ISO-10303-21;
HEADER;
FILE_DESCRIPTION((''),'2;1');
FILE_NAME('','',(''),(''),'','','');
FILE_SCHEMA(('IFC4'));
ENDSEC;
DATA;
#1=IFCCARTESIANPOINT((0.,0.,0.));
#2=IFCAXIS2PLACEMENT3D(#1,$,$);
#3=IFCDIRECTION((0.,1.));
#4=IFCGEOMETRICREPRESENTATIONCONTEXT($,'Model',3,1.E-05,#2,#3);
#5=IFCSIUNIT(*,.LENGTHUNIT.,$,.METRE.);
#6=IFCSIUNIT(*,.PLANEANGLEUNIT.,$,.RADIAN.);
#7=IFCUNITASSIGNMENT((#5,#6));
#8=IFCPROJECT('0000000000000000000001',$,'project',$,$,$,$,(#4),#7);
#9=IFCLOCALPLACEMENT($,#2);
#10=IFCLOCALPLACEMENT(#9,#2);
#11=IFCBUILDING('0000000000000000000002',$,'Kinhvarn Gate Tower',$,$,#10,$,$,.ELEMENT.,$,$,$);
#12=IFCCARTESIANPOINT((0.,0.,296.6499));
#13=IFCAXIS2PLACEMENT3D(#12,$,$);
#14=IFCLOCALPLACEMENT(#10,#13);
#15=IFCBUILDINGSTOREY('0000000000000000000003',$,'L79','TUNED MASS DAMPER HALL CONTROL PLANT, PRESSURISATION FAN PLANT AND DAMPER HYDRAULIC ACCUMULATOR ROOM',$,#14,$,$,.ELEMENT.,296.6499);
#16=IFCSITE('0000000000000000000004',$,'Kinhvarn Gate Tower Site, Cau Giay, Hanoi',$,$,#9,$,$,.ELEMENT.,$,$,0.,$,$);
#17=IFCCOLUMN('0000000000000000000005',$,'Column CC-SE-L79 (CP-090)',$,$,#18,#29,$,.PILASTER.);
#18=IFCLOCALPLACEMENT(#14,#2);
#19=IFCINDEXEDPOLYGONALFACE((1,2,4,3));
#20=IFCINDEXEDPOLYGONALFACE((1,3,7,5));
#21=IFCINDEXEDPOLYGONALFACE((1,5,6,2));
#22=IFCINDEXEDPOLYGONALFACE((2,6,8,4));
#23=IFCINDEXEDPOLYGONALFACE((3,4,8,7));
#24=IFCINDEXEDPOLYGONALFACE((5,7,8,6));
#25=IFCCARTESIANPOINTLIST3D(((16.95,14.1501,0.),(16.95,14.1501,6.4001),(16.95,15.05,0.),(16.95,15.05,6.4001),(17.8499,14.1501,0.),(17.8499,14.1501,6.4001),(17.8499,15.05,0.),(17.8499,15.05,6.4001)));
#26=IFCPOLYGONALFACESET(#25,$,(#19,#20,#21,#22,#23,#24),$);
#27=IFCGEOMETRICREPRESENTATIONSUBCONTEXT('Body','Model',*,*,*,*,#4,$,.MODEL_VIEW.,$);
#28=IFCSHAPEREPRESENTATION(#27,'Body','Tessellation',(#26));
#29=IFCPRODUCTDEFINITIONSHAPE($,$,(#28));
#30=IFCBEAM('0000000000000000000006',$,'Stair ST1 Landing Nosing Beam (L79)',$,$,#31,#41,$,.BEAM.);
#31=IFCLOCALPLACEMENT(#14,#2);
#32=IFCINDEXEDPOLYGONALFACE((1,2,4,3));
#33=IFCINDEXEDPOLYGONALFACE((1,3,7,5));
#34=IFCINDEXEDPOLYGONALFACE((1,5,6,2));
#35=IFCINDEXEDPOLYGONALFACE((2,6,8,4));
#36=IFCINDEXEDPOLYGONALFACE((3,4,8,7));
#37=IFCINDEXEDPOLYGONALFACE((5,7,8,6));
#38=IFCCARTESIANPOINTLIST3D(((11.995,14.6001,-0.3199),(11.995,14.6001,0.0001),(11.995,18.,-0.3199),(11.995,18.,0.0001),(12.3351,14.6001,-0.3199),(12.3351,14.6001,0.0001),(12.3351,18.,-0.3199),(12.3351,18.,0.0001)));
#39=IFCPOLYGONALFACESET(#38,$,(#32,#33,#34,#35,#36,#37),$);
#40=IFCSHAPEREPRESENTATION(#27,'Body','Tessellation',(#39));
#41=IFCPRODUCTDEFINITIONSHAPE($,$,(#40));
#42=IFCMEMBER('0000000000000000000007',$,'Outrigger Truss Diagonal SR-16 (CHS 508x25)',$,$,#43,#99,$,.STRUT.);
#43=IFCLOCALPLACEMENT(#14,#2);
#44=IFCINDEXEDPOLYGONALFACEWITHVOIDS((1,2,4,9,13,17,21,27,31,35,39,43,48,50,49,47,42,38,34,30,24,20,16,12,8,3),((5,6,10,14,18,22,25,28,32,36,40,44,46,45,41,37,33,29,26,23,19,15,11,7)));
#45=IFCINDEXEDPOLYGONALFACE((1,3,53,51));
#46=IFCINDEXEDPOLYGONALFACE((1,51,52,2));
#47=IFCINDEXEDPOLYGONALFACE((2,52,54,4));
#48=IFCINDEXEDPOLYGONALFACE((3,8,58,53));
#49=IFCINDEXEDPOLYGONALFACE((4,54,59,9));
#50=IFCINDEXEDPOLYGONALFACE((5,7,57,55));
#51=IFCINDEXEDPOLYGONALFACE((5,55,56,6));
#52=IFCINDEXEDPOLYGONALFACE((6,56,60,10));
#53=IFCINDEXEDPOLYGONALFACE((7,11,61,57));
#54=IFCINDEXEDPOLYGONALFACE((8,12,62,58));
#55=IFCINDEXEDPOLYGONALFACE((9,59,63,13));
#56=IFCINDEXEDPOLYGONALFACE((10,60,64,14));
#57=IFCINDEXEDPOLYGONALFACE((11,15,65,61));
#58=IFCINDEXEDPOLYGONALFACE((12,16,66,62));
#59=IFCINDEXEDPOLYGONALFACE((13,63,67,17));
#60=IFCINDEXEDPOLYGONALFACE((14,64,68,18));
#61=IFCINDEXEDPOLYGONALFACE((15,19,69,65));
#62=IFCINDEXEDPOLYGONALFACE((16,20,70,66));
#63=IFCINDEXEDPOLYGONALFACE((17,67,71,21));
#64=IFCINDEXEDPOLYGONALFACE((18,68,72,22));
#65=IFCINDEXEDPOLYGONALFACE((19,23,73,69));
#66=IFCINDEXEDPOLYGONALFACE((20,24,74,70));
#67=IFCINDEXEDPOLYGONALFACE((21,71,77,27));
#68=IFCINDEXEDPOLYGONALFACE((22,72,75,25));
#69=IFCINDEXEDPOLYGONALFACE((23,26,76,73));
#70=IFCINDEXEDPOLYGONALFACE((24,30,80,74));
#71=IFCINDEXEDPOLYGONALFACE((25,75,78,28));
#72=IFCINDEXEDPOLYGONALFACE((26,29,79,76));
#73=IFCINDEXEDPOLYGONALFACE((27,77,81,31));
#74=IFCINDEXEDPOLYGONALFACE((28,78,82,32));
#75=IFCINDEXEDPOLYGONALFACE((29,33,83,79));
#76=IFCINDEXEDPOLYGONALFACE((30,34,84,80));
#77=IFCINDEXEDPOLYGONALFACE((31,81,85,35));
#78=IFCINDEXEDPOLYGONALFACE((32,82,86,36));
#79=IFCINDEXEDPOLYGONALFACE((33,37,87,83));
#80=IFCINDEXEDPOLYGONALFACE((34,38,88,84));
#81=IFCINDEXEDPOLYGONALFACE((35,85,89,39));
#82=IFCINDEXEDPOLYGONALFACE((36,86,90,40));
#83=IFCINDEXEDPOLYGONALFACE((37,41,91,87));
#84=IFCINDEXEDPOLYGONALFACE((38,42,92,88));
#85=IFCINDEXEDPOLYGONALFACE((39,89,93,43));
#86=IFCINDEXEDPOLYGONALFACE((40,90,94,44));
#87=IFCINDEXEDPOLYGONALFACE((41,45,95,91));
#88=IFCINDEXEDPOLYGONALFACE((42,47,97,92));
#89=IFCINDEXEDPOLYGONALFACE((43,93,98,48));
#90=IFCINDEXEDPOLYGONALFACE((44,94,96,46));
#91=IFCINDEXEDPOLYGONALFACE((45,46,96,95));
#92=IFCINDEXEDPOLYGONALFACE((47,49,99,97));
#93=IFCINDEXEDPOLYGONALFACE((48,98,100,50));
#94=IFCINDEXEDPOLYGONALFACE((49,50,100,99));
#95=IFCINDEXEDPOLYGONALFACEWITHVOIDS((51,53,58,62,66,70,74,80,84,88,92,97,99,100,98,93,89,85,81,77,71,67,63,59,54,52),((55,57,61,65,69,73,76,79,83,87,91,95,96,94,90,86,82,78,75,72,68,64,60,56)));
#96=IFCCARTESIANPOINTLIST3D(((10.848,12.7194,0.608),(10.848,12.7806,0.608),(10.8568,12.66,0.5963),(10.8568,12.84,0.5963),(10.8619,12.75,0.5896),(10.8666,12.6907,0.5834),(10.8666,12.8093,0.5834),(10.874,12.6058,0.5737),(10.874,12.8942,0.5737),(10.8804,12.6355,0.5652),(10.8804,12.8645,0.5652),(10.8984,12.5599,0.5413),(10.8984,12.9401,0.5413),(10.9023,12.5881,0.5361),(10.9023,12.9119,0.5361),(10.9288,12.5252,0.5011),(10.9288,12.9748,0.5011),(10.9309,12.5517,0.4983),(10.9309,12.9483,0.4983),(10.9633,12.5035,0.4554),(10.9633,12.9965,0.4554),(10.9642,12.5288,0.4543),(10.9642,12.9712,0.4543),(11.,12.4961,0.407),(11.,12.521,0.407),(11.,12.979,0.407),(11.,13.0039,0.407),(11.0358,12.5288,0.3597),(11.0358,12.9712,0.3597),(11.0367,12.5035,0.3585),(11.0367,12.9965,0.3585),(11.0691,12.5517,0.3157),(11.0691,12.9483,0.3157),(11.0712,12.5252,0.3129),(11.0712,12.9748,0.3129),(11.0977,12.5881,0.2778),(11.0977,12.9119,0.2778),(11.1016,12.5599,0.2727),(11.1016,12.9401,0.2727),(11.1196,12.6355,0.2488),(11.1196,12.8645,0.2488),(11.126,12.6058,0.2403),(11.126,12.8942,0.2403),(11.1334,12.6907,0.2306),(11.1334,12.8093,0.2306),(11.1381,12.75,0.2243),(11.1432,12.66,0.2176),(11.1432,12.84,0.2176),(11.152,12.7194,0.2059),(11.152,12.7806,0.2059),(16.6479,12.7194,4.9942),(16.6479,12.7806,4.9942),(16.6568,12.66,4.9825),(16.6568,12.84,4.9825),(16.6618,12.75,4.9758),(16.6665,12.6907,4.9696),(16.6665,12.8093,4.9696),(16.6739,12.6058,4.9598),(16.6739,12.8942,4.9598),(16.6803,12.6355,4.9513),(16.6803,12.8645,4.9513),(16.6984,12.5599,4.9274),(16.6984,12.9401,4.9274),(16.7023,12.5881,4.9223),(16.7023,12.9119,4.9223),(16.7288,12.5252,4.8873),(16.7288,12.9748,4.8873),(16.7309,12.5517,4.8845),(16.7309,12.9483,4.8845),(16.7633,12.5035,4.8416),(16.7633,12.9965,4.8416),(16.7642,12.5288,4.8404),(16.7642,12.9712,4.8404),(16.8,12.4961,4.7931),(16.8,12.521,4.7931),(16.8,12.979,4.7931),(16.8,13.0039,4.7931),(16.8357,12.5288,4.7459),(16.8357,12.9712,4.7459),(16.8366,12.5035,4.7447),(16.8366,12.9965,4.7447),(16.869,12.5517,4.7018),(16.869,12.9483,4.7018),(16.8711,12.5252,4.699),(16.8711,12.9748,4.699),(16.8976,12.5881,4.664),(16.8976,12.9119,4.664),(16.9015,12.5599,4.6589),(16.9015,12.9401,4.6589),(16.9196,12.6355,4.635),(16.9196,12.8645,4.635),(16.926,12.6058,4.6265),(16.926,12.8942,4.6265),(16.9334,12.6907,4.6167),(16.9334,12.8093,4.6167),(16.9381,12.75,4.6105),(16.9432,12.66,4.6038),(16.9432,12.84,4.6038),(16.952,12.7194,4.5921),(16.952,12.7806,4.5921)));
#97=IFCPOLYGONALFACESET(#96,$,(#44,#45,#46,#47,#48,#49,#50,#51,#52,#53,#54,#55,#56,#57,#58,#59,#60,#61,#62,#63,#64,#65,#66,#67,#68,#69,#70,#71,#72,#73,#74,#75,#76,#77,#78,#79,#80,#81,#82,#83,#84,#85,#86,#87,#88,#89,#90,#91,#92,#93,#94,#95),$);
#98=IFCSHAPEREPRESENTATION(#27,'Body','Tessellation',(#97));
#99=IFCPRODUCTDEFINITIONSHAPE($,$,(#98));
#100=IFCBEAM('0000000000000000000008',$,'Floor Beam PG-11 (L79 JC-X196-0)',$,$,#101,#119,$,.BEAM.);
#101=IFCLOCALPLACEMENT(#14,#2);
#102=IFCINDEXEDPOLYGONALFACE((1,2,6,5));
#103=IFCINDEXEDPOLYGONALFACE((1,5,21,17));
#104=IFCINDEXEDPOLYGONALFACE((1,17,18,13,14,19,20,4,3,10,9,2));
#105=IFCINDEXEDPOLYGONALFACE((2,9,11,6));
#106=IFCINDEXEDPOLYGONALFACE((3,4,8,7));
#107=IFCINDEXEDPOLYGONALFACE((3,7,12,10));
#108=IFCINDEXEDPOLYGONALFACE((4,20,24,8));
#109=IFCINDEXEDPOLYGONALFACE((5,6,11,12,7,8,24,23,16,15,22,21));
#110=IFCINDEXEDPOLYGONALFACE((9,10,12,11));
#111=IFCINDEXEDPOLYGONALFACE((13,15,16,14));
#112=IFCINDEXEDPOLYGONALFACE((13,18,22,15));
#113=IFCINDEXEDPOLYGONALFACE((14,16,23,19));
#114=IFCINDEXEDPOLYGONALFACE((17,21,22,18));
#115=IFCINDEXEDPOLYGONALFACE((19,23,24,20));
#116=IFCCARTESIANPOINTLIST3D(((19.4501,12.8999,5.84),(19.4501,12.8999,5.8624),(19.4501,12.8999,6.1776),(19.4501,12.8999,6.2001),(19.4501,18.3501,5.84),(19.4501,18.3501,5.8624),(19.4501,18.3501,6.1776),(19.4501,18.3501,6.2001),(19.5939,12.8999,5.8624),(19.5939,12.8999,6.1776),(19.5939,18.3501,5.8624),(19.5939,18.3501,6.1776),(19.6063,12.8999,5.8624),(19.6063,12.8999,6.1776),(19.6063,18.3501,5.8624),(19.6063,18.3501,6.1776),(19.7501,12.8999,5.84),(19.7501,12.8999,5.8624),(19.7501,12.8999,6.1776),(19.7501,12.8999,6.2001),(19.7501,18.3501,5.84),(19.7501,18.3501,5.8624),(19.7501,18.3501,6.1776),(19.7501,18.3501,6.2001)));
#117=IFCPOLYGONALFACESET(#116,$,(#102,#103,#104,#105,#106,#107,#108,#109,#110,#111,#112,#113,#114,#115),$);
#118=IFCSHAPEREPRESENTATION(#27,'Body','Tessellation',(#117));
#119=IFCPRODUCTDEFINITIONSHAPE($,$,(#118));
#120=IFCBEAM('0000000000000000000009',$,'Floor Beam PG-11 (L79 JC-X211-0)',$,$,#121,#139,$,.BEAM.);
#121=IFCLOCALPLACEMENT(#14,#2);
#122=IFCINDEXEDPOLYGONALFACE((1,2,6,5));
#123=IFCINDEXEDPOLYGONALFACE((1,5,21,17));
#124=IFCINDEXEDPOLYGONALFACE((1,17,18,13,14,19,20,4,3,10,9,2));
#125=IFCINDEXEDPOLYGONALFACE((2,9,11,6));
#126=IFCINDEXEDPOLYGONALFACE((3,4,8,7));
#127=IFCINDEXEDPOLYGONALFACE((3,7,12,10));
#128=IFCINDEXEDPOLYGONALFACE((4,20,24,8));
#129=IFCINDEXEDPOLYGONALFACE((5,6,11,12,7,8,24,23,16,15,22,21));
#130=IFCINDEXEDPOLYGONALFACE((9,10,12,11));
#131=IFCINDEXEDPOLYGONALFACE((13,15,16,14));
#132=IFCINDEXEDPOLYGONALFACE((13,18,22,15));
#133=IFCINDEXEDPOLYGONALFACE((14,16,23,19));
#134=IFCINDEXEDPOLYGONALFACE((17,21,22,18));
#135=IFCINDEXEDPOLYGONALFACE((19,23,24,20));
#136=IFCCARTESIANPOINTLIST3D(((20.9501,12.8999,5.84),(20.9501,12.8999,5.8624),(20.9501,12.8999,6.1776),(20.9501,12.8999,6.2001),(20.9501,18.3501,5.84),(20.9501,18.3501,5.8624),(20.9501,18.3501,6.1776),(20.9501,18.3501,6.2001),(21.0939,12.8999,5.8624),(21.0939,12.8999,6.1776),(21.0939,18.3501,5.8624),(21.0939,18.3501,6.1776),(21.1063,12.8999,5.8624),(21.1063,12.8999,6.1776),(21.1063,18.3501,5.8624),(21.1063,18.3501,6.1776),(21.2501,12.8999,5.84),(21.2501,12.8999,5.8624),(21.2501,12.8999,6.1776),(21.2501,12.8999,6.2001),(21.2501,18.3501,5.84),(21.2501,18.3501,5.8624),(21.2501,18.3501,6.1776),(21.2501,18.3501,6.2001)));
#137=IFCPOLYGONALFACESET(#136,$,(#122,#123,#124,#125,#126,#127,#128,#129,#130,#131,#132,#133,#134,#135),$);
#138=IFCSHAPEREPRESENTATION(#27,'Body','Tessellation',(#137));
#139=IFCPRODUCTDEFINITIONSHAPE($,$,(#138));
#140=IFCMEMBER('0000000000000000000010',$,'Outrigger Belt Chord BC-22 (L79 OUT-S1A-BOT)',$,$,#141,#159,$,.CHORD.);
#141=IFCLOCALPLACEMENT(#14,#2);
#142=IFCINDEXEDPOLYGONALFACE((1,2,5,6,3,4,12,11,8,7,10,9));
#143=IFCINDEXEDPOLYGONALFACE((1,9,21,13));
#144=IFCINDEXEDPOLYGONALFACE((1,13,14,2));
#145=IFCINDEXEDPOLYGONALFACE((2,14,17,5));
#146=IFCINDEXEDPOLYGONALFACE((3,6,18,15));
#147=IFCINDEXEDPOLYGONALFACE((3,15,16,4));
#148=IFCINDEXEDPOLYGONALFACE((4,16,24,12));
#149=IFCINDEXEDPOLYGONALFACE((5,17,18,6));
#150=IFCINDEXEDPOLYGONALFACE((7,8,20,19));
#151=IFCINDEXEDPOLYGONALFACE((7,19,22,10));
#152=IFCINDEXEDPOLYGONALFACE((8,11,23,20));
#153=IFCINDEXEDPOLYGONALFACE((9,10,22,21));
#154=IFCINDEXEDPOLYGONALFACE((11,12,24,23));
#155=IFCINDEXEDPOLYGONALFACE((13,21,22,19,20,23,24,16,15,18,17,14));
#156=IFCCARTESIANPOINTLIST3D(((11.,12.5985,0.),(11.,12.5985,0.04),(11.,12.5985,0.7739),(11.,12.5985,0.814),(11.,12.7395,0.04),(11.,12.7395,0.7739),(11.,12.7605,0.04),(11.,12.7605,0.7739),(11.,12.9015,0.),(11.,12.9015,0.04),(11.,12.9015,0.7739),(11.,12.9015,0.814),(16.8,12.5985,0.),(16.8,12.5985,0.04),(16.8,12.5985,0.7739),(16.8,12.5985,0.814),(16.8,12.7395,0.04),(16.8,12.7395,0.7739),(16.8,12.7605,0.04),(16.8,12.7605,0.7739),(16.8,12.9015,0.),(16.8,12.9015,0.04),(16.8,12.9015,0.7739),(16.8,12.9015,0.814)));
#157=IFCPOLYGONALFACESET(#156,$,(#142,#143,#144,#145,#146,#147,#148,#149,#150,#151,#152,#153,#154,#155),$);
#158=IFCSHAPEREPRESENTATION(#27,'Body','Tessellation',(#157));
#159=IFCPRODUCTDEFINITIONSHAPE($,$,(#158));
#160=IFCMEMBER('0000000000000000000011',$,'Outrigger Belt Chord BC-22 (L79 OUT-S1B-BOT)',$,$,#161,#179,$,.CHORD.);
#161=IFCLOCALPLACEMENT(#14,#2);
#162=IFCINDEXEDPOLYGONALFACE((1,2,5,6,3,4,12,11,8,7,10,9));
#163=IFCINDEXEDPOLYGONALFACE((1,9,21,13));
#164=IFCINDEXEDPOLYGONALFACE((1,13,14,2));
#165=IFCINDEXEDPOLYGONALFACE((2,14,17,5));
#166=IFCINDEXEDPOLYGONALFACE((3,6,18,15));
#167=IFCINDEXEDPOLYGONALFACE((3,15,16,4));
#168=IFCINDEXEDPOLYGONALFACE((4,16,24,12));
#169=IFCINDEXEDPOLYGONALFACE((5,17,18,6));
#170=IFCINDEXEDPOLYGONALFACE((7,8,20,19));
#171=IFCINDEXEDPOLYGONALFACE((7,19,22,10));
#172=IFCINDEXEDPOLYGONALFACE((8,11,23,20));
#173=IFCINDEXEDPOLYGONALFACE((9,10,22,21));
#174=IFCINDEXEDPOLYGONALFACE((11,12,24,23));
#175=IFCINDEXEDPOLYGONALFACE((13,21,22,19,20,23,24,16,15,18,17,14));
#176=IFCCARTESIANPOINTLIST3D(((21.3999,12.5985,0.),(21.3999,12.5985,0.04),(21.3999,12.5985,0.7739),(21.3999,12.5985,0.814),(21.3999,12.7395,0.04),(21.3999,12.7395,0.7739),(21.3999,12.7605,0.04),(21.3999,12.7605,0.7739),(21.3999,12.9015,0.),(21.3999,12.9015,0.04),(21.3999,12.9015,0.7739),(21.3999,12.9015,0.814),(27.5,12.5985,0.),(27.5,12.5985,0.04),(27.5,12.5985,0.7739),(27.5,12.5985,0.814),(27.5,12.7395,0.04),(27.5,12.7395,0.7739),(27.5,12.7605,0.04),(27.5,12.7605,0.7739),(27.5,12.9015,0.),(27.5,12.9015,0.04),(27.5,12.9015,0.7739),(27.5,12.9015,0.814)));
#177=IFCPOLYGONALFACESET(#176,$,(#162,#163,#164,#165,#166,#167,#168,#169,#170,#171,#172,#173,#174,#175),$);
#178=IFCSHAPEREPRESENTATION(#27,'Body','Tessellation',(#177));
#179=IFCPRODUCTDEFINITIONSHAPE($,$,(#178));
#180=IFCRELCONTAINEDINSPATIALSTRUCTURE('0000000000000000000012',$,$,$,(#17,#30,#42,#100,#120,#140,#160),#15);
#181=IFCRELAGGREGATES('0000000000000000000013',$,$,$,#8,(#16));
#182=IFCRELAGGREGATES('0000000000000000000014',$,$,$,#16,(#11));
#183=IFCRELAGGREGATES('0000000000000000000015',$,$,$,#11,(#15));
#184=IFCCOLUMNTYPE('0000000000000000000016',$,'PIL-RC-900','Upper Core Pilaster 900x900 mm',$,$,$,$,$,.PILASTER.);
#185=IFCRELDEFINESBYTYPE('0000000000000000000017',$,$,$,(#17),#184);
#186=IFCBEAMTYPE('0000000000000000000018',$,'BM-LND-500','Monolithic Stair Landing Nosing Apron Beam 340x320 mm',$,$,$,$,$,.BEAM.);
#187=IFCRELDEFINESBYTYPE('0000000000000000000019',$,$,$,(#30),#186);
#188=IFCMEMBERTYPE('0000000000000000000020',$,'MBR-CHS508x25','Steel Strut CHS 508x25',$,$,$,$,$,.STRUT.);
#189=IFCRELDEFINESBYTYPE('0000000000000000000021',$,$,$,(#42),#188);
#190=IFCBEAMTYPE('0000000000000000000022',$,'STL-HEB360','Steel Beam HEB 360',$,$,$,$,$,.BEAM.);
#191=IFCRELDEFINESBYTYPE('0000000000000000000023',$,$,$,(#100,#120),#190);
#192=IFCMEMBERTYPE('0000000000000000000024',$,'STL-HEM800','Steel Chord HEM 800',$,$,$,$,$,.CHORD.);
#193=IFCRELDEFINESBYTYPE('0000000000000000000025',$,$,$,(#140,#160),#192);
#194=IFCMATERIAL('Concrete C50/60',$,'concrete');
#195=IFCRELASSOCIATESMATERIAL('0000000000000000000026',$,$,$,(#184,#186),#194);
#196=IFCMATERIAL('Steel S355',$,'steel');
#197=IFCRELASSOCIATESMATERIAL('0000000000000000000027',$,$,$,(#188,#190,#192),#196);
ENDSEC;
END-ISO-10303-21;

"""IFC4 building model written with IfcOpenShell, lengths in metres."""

from ifc_helpers import new_model, si_unit, direction, frame, origin, origin_2d, place, context, subcontext, project, spatial, rectangle, hollow_circle, i_section, extrude, material, material_profile, profile_set, type_object, element, save


model = new_model("IFC4")

# Units and contexts
model_context = context("Model", 3, precision=1e-05, world=origin(), true_north=direction((0.0, 1.0)))
body_context = subcontext(model_context, "Body", "Model", "MODEL_VIEW")
ifc_project = project(units=[si_unit("LENGTHUNIT", "METRE"), si_unit("PLANEANGLEUNIT", "RADIAN")], contexts=[model_context])

# Site, building, storey
site_placement = place(None, origin())
site = spatial("IfcSite", under=ifc_project, at=site_placement, Name="Kinhvarn Gate Tower Site, Cau Giay, Hanoi", CompositionType="ELEMENT", RefElevation=0.0)
building_placement = place(site_placement, origin())
building = spatial("IfcBuilding", under=site, at=building_placement, Name="Kinhvarn Gate Tower", CompositionType="ELEMENT")
storey_placement = place(building_placement, frame((0.0, 0.0, 296.6499)))
storey = spatial("IfcBuildingStorey", under=building, at=storey_placement, Name="L79", Description="TUNED MASS DAMPER HALL CONTROL PLANT, PRESSURISATION FAN PLANT AND DAMPER HYDRAULIC ACCUMULATOR ROOM", CompositionType="ELEMENT", Elevation=296.6499)

# Column
ifc_material_1 = material(Name="Concrete C50/60", Category="concrete")
ifc_material_profile_1 = material_profile(ifc_material_1, rectangle(XDim=0.8999, YDim=0.8999, at=origin_2d()), Name="RC 900x900")
ifc_profile_set_1 = profile_set([ifc_material_profile_1], Name="Concrete C50/60")
column_type = type_object("IfcColumnType", Name="PIL-RC-900", Description="Upper Core Pilaster 900x900 mm", PredefinedType="PILASTER", material=ifc_profile_set_1)
column_placement = place(storey_placement, frame((17.3999, 14.6001, 0.0), z_axis=(0.0, 0.0, 1.0), x_axis=(1.0, 0.0, 0.0)))
element("IfcColumn", 1, at=column_placement, inside=storey, type_object=column_type, Name="Column CC-SE-L79 (CP-090)", PredefinedType="PILASTER", context=body_context, shape_type="SweptSolid", body=[
    extrude(rectangle(XDim=0.8999, YDim=0.8999, at=origin_2d()), origin(), (0.0, 0.0, 1.0), 6.4001),
])

# Beam
ifc_material_profile_2 = material_profile(ifc_material_1, rectangle(XDim=0.3401, YDim=0.3201, at=origin_2d()), Name="RC 340x320")
ifc_profile_set_2 = profile_set([ifc_material_profile_2], Name="Concrete C50/60")
beam_type_1 = type_object("IfcBeamType", Name="BM-LND-500", Description="Monolithic Stair Landing Nosing Apron Beam 340x320 mm", PredefinedType="BEAM", material=ifc_profile_set_2)
beam_placement = place(storey_placement, frame((12.165, 14.6001, -0.1599), z_axis=(0.0, 1.0, 0.0), x_axis=(-1.0, 0.0, 0.0)))
element("IfcBeam", 2, at=beam_placement, inside=storey, type_object=beam_type_1, Name="Stair ST1 Landing Nosing Beam (L79)", PredefinedType="BEAM", context=body_context, shape_type="SweptSolid", body=[
    extrude(rectangle(XDim=0.3401, YDim=0.3201, at=origin_2d()), origin(), (0.0, 0.0, 1.0), 3.3999),
])

# Member
ifc_material_2 = material(Name="Steel S355", Category="steel")
ifc_material_profile_3 = material_profile(ifc_material_2, hollow_circle(Radius=0.2539, WallThickness=0.0249, at=origin_2d()), Name="CHS 508x25")
ifc_profile_set_3 = profile_set([ifc_material_profile_3], Name="Steel S355")
member_type_1 = type_object("IfcMemberType", Name="MBR-CHS508x25", Description="Steel Strut CHS 508x25", PredefinedType="STRUT", material=ifc_profile_set_3)
member_1_placement = place(storey_placement, frame((11.0, 12.75, 0.407), z_axis=(0.797605, 0.0, 0.603181), x_axis=(0.0, 1.0, 0.0)))
element("IfcMember", 3, at=member_1_placement, inside=storey, type_object=member_type_1, Name="Outrigger Truss Diagonal SR-16 (CHS 508x25)", PredefinedType="STRUT", context=body_context, shape_type="SweptSolid", body=[
    extrude(hollow_circle(Radius=0.2539, WallThickness=0.0249, at=origin_2d()), origin(), (0.0, 0.0, 1.0), 7.2717),
])

# Beams
ifc_material_profile_4 = material_profile(ifc_material_2, i_section(OverallWidth=0.3, OverallDepth=0.3601, WebThickness=0.0125, FlangeThickness=0.0225, at=origin_2d()), Name="HEB 360")
ifc_profile_set_4 = profile_set([ifc_material_profile_4], Name="Steel S355")
beam_type_2 = type_object("IfcBeamType", Name="STL-HEB360", Description="Steel Beam HEB 360", PredefinedType="BEAM", material=ifc_profile_set_4)
for number, where, z_axis, x_axis, name in (
    (4, (19.6001, 12.8999, 6.02), (0.0, 1.0, 0.0), (-1.0, 0.0, 0.0), "Floor Beam PG-11 (L79 JC-X196-0)"),
    (5, (21.1001, 12.8999, 6.02), (0.0, 1.0, 0.0), (-1.0, 0.0, 0.0), "Floor Beam PG-11 (L79 JC-X211-0)"),
):
    element("IfcBeam", number, at=place(storey_placement, frame(where, z_axis=z_axis, x_axis=x_axis)), inside=storey, type_object=beam_type_2, Name=name, PredefinedType="BEAM", context=body_context, shape_type="SweptSolid", body=[
        extrude(i_section(OverallWidth=0.3, OverallDepth=0.3601, WebThickness=0.0125, FlangeThickness=0.0225, at=origin_2d()), origin(), (0.0, 0.0, 1.0), 5.4502),
    ])

# Members
ifc_material_profile_5 = material_profile(ifc_material_2, i_section(OverallWidth=0.303, OverallDepth=0.814, WebThickness=0.021, FlangeThickness=0.04, at=origin_2d()), Name="HEM 800")
ifc_profile_set_5 = profile_set([ifc_material_profile_5], Name="Steel S355")
member_type_2 = type_object("IfcMemberType", Name="STL-HEM800", Description="Steel Chord HEM 800", PredefinedType="CHORD", material=ifc_profile_set_5)
member_2_placement = place(storey_placement, frame((11.0, 12.75, 0.407), z_axis=(1.0, 0.0, 0.0), x_axis=(0.0, 1.0, 0.0)))
element("IfcMember", 6, at=member_2_placement, inside=storey, type_object=member_type_2, Name="Outrigger Belt Chord BC-22 (L79 OUT-S1A-BOT)", PredefinedType="CHORD", context=body_context, shape_type="SweptSolid", body=[
    extrude(i_section(OverallWidth=0.303, OverallDepth=0.814, WebThickness=0.021, FlangeThickness=0.04, at=origin_2d()), origin(), (0.0, 0.0, 1.0), 5.8),
])
member_3_placement = place(storey_placement, frame((21.3999, 12.75, 0.407), z_axis=(1.0, 0.0, 0.0), x_axis=(0.0, 1.0, 0.0)))
element("IfcMember", 7, at=member_3_placement, inside=storey, type_object=member_type_2, Name="Outrigger Belt Chord BC-22 (L79 OUT-S1B-BOT)", PredefinedType="CHORD", context=body_context, shape_type="SweptSolid", body=[
    extrude(i_section(OverallWidth=0.303, OverallDepth=0.814, WebThickness=0.021, FlangeThickness=0.04, at=origin_2d()), origin(), (0.0, 0.0, 1.0), 6.1001),
])

save(model, "model.ifc")
